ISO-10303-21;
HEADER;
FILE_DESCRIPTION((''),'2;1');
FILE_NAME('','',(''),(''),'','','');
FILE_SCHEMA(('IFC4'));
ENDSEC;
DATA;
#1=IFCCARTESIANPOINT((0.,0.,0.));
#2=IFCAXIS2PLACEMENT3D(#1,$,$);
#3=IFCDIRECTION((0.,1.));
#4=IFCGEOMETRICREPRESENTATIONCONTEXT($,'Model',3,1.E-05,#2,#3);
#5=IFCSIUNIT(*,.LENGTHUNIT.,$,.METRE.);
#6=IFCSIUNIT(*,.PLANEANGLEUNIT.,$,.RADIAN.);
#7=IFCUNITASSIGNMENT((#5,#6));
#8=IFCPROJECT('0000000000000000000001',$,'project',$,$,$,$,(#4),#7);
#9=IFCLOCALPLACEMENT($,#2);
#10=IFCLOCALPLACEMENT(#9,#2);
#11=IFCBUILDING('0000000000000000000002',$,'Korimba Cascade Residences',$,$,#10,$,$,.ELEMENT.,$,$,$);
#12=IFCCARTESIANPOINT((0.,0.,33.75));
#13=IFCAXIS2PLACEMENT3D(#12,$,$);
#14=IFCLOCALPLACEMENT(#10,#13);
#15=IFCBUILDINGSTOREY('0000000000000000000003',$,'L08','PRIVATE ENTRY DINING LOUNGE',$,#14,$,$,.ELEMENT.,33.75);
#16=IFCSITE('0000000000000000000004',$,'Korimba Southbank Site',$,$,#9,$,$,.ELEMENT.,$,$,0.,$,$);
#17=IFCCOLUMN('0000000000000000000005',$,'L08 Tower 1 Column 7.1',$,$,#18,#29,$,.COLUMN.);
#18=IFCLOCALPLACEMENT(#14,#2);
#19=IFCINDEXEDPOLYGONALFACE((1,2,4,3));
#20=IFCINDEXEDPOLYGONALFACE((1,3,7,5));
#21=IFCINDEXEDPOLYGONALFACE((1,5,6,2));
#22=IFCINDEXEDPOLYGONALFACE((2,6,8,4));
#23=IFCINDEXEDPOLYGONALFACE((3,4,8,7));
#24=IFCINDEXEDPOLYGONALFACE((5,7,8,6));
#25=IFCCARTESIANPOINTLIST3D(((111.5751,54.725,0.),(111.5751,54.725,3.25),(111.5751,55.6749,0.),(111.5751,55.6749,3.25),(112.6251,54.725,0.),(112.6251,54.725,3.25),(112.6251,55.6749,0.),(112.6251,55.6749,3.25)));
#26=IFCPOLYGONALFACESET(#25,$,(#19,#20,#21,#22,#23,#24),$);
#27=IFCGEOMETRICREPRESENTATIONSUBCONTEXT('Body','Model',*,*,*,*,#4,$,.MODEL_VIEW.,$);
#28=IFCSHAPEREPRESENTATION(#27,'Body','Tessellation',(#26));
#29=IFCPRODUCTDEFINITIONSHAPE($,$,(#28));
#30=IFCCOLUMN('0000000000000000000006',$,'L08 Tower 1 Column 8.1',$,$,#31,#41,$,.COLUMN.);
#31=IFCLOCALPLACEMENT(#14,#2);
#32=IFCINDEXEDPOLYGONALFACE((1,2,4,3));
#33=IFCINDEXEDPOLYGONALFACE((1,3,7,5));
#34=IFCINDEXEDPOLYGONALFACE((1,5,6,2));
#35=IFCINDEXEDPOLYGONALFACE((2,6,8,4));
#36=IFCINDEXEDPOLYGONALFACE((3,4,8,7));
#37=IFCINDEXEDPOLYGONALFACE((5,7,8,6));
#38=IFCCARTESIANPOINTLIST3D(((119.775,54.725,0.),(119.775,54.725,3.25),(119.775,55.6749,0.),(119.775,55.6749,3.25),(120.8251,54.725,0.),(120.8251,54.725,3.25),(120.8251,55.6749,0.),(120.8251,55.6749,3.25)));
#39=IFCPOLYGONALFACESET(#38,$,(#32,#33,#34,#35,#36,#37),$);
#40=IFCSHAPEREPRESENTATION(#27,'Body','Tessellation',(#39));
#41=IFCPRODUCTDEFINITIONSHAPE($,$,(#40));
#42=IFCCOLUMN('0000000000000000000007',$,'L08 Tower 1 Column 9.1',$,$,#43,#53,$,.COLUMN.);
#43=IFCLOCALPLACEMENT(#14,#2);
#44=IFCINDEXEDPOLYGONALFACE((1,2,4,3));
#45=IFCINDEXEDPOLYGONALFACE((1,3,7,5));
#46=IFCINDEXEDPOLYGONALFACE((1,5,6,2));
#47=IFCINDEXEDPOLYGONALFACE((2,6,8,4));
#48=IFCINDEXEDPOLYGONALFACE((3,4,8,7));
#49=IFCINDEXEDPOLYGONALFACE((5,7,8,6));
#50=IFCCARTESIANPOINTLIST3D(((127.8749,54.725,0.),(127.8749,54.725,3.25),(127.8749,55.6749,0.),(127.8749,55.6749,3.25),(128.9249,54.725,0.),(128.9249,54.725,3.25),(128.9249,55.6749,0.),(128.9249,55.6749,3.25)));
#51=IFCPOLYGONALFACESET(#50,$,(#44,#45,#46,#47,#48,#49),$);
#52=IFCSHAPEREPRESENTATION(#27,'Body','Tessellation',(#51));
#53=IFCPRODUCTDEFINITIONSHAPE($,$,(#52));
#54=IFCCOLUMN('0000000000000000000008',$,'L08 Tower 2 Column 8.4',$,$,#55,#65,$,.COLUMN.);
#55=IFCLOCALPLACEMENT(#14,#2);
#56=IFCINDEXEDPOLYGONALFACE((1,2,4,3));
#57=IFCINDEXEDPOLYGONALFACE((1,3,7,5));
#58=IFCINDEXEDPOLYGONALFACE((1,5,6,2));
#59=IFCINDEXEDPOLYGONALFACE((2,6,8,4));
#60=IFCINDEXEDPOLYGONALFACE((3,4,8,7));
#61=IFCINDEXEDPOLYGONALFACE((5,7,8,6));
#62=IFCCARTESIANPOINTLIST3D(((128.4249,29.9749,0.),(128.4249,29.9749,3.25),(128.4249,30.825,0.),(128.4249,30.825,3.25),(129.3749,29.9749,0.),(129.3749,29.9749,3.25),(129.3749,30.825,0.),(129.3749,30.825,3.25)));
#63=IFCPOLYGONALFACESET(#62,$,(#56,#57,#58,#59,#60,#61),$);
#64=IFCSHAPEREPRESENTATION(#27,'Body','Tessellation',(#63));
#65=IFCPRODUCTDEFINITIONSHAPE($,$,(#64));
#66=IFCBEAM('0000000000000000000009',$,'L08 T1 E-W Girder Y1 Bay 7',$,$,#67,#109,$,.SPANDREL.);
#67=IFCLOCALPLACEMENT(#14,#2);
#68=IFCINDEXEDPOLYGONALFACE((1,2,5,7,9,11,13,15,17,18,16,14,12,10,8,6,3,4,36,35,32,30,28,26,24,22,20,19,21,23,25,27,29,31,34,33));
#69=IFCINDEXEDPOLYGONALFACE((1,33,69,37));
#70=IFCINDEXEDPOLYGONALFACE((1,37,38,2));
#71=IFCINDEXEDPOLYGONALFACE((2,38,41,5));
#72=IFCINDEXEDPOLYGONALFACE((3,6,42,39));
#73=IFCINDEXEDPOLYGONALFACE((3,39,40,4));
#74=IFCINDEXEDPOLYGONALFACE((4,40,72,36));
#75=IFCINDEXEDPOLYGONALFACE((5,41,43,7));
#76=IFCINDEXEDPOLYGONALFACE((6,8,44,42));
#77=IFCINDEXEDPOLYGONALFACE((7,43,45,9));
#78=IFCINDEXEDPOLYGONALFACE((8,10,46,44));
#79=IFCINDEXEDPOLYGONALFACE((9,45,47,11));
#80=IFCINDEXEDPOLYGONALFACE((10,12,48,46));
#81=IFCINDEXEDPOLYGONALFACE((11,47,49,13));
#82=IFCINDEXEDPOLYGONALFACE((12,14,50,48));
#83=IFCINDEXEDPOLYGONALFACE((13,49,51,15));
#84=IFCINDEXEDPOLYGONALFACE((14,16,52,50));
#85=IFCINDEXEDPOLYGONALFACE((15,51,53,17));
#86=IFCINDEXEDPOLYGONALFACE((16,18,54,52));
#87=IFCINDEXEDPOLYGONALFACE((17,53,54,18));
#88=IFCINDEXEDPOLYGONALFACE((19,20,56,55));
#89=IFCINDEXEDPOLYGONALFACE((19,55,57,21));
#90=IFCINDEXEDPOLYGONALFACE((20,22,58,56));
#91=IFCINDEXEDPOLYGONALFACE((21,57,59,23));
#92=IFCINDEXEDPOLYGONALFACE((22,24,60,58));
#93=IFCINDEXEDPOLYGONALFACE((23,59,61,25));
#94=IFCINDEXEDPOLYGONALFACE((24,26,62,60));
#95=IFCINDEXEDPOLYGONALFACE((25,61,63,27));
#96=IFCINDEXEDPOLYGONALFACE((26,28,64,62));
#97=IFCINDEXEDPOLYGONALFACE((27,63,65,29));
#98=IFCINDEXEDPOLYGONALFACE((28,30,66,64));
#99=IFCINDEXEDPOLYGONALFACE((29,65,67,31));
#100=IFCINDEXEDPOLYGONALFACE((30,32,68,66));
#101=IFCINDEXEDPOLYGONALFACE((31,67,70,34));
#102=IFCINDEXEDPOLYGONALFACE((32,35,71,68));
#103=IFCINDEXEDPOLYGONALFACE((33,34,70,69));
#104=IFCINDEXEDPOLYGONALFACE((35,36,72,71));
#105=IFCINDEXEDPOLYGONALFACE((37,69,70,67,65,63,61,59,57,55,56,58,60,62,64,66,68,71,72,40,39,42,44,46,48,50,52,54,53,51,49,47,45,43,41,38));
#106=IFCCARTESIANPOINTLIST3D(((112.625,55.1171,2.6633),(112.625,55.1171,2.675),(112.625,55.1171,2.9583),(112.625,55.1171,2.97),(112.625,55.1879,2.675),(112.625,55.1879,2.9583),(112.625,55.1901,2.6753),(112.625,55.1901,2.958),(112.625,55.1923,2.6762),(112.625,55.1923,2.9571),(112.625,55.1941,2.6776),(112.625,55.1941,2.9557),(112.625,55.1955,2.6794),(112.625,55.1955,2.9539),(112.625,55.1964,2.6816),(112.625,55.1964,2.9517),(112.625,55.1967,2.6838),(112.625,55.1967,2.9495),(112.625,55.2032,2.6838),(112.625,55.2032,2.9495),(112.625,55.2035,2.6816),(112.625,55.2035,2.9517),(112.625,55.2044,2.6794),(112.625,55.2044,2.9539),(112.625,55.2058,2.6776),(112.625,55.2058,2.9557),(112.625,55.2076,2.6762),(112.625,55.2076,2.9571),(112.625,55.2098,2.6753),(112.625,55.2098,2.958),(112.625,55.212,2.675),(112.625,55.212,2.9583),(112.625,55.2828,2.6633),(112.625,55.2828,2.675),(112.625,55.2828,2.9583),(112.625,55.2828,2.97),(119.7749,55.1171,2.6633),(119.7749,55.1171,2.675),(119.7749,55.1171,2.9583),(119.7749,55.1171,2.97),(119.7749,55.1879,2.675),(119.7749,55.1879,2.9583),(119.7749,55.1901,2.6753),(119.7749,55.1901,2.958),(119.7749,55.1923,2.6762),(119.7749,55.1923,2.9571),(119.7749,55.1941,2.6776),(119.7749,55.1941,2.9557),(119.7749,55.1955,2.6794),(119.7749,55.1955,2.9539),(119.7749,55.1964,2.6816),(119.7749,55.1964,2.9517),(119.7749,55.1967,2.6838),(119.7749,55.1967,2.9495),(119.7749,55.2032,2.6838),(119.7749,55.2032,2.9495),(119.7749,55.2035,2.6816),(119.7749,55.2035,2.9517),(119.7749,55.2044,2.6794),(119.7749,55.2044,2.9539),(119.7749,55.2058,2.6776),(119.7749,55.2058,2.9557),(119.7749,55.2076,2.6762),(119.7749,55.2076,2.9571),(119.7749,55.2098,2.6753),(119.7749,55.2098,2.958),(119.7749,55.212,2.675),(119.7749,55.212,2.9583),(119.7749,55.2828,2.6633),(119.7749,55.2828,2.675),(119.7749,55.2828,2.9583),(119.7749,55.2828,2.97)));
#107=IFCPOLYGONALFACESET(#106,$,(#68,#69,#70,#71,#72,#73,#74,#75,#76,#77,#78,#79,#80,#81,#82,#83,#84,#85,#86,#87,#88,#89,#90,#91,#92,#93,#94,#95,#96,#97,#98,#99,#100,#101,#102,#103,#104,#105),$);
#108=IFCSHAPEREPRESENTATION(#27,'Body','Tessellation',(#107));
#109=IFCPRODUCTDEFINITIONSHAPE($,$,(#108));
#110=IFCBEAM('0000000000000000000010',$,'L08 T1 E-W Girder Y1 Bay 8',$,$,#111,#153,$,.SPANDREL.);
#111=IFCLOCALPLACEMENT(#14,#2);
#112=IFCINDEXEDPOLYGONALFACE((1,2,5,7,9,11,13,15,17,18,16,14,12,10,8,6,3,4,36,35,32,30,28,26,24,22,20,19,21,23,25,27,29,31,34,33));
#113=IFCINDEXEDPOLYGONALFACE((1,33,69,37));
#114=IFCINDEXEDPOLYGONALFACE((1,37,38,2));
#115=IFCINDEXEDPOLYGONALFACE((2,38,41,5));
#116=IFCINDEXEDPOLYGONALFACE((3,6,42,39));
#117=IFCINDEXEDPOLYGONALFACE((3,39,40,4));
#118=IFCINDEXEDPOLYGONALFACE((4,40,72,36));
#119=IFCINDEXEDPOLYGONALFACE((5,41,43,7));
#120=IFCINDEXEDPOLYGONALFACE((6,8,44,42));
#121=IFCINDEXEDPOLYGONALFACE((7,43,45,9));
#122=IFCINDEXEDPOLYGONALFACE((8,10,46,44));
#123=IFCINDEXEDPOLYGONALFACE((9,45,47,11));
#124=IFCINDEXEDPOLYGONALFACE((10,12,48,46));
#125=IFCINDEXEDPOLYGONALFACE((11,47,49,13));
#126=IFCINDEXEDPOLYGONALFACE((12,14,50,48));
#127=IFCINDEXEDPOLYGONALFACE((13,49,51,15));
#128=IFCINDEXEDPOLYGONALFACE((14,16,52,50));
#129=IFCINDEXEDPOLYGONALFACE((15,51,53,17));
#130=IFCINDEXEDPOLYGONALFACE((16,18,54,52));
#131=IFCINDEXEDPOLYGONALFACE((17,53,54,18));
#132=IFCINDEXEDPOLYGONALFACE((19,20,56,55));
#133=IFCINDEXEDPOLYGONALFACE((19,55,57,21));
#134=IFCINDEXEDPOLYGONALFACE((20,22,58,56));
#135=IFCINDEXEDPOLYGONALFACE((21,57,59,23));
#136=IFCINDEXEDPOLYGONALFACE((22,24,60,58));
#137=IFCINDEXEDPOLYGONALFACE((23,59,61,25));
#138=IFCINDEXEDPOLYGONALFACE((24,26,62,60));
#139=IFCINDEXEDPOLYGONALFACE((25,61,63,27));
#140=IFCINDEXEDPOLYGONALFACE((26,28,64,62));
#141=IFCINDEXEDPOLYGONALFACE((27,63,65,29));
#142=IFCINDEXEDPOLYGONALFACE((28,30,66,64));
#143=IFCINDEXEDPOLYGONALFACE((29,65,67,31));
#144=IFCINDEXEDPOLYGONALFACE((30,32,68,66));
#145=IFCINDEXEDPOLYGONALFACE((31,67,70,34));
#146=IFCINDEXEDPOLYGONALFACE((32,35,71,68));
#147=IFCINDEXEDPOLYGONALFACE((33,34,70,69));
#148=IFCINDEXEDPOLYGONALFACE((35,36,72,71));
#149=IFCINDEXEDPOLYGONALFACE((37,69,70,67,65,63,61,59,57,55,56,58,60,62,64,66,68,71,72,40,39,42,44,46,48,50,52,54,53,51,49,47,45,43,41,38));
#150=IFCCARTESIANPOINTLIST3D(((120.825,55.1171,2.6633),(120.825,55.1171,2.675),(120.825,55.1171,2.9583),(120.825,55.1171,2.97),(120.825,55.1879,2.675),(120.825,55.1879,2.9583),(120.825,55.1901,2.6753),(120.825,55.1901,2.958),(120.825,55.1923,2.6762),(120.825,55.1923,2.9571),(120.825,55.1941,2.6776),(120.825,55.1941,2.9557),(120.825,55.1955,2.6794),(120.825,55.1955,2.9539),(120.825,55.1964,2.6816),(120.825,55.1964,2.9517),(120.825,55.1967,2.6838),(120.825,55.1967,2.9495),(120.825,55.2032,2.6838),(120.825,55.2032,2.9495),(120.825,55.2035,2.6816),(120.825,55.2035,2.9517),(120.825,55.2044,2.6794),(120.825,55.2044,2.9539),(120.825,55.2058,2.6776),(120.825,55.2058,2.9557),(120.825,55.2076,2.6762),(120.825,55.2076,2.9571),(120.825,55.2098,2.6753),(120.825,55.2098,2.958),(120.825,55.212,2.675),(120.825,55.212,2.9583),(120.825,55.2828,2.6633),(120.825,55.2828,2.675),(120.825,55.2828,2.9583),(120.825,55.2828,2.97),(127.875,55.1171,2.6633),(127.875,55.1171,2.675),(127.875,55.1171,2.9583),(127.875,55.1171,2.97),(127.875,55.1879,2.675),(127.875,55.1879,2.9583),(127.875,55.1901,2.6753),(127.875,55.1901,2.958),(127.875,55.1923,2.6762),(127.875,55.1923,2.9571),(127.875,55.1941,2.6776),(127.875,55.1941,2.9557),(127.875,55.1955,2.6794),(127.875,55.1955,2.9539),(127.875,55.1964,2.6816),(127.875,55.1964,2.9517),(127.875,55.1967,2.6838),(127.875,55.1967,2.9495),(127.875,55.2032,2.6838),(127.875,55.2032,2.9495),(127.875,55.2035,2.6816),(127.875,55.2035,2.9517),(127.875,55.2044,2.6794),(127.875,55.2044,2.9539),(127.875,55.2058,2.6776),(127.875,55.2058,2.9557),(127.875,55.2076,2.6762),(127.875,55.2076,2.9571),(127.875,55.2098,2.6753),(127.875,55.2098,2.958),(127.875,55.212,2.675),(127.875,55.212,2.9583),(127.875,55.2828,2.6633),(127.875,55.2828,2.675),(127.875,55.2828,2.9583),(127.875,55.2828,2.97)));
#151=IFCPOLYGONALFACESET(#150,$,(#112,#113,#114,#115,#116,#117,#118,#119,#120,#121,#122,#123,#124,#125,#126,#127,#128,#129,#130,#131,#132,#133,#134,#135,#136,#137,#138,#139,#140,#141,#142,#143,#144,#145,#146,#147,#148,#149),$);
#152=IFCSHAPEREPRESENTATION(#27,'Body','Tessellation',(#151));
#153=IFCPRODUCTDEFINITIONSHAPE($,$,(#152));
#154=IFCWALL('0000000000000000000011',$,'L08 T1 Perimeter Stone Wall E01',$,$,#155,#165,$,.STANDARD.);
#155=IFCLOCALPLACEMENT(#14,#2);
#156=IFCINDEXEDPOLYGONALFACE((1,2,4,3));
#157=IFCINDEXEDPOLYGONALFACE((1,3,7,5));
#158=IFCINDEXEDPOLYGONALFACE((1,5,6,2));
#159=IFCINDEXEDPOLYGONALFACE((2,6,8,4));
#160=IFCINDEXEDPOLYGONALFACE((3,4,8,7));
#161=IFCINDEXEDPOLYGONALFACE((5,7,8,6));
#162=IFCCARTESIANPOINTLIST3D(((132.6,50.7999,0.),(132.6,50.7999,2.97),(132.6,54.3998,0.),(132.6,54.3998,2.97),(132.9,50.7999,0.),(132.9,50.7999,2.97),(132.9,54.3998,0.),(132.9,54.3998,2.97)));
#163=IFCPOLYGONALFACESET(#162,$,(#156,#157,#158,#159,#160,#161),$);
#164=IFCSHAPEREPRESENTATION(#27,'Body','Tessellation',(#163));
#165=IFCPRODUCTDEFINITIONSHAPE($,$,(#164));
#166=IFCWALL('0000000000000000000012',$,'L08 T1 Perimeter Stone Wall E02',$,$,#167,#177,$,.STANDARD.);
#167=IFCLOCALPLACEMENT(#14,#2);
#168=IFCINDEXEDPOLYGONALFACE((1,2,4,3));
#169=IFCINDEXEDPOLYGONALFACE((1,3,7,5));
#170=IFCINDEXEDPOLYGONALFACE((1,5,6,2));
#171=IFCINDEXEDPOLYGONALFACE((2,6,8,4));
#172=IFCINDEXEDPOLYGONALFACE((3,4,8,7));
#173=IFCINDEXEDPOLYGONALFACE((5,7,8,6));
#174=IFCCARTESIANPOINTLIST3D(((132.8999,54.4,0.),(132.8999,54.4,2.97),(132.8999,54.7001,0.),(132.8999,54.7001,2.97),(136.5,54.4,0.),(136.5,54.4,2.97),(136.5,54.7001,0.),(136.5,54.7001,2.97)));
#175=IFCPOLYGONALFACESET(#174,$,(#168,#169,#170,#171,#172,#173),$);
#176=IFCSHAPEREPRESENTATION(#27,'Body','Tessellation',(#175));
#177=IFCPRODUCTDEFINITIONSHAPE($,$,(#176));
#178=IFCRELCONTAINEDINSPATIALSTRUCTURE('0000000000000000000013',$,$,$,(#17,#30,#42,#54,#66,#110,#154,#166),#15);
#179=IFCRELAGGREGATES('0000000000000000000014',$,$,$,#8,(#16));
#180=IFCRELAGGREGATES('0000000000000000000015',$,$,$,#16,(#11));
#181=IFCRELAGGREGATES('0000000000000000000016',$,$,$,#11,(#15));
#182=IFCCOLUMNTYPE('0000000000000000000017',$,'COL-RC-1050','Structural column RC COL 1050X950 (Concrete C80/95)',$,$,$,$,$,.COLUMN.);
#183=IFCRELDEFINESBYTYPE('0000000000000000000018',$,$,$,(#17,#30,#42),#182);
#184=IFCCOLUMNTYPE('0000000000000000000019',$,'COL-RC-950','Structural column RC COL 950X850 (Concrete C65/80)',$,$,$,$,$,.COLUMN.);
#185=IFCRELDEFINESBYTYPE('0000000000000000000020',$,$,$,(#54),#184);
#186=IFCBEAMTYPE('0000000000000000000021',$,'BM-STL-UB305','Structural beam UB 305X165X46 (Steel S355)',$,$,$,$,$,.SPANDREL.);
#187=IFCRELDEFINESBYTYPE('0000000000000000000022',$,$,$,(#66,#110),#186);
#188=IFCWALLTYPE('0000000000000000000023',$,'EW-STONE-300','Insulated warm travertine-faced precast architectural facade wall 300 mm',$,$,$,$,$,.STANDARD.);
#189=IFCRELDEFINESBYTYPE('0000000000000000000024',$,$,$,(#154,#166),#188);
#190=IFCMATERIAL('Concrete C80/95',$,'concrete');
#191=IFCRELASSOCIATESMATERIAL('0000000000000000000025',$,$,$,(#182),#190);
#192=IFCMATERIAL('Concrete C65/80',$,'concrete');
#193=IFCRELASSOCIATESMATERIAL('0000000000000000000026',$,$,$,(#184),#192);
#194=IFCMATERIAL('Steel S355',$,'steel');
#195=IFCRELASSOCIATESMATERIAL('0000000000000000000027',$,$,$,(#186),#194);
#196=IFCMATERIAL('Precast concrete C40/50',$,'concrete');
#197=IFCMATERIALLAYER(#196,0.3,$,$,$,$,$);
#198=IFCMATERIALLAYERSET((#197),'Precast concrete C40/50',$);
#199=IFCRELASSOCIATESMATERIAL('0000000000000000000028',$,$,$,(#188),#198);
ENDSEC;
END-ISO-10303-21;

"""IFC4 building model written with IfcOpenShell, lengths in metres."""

from ifc_helpers import new_model, si_unit, direction, frame, frame_2d, origin, origin_2d, place, context, subcontext, project, spatial, rectangle, i_section, extrude, material, layer, layer_set, material_profile, profile_set, type_object, element, save


model = new_model("IFC4")

# Units and contexts
model_context = context("Model", 3, precision=1e-05, world=origin(), true_north=direction((0.0, 1.0)))
body_context = subcontext(model_context, "Body", "Model", "MODEL_VIEW")
ifc_project = project(units=[si_unit("LENGTHUNIT", "METRE"), si_unit("PLANEANGLEUNIT", "RADIAN")], contexts=[model_context])

# Site, building, storey
site_placement = place(None, origin())
site = spatial("IfcSite", under=ifc_project, at=site_placement, Name="Korimba Southbank Site", CompositionType="ELEMENT", RefElevation=0.0)
building_placement = place(site_placement, origin())
building = spatial("IfcBuilding", under=site, at=building_placement, Name="Korimba Cascade Residences", CompositionType="ELEMENT")
storey_placement = place(building_placement, frame((0.0, 0.0, 33.75)))
storey = spatial("IfcBuildingStorey", under=building, at=storey_placement, Name="L08", Description="PRIVATE ENTRY DINING LOUNGE", CompositionType="ELEMENT", Elevation=33.75)

# Columns
ifc_material_1 = material(Name="Concrete C80/95", Category="concrete")
ifc_material_profile_1 = material_profile(ifc_material_1, rectangle(XDim=1.05, YDim=0.95, at=origin_2d()), Name="Concrete C80/95")
ifc_profile_set_1 = profile_set([ifc_material_profile_1], Name="Concrete C80/95")
column_type_1 = type_object("IfcColumnType", Name="COL-RC-1050", Description="Structural column RC COL 1050X950 (Concrete C80/95)", PredefinedType="COLUMN", material=ifc_profile_set_1)
for number, where, z_axis, x_axis, name in (
    (1, (112.1001, 55.2, 0.0), (0.0, 0.0, 1.0), (1.0, 0.0, 0.0), "L08 Tower 1 Column 7.1"),
    (2, (120.3, 55.2, 0.0), (0.0, 0.0, 1.0), (1.0, 0.0, 0.0), "L08 Tower 1 Column 8.1"),
    (3, (128.3999, 55.2, 0.0), (0.0, 0.0, 1.0), (1.0, 0.0, 0.0), "L08 Tower 1 Column 9.1"),
):
    element("IfcColumn", number, at=place(storey_placement, frame(where, z_axis=z_axis, x_axis=x_axis)), inside=storey, type_object=column_type_1, Name=name, PredefinedType="COLUMN", context=body_context, shape_type="SweptSolid", body=[
        extrude(rectangle(XDim=1.05, YDim=0.95, at=origin_2d()), origin(), (0.0, 0.0, 1.0), 3.25),
    ])
ifc_material_2 = material(Name="Concrete C65/80", Category="concrete")
ifc_material_profile_2 = material_profile(ifc_material_2, rectangle(XDim=0.95, YDim=0.8501, at=origin_2d()), Name="Concrete C65/80")
ifc_profile_set_2 = profile_set([ifc_material_profile_2], Name="Concrete C65/80")
column_type_2 = type_object("IfcColumnType", Name="COL-RC-950", Description="Structural column RC COL 950X850 (Concrete C65/80)", PredefinedType="COLUMN", material=ifc_profile_set_2)
column_placement = place(storey_placement, frame((128.8999, 30.3999, 0.0), z_axis=(0.0, 0.0, 1.0), x_axis=(1.0, 0.0, 0.0)))
element("IfcColumn", 4, at=column_placement, inside=storey, type_object=column_type_2, Name="L08 Tower 2 Column 8.4", PredefinedType="COLUMN", context=body_context, shape_type="SweptSolid", body=[
    extrude(rectangle(XDim=0.95, YDim=0.8501, at=origin_2d()), origin(), (0.0, 0.0, 1.0), 3.25),
])

# Beams
ifc_material_3 = material(Name="Steel S355", Category="steel")
ifc_material_profile_3 = material_profile(ifc_material_3, i_section(OverallWidth=0.1658, OverallDepth=0.3066, WebThickness=0.0066, FlangeThickness=0.0117, FilletRadius=0.0088, at=origin_2d()), Name="Steel S355")
ifc_profile_set_3 = profile_set([ifc_material_profile_3], Name="Steel S355")
beam_type = type_object("IfcBeamType", Name="BM-STL-UB305", Description="Structural beam UB 305X165X46 (Steel S355)", PredefinedType="SPANDREL", material=ifc_profile_set_3)
beam_1_placement = place(storey_placement, frame((112.625, 55.2, 2.8167), z_axis=(1.0, 0.0, 0.0), x_axis=(0.0, 1.0, 0.0)))
element("IfcBeam", 5, at=beam_1_placement, inside=storey, type_object=beam_type, Name="L08 T1 E-W Girder Y1 Bay 7", PredefinedType="SPANDREL", context=body_context, shape_type="SweptSolid", body=[
    extrude(i_section(OverallWidth=0.1658, OverallDepth=0.3066, WebThickness=0.0066, FlangeThickness=0.0117, FilletRadius=0.0088, at=origin_2d()), origin(), (0.0, 0.0, 1.0), 7.1499),
])
beam_2_placement = place(storey_placement, frame((120.825, 55.2, 2.8167), z_axis=(1.0, 0.0, 0.0), x_axis=(0.0, 1.0, 0.0)))
element("IfcBeam", 6, at=beam_2_placement, inside=storey, type_object=beam_type, Name="L08 T1 E-W Girder Y1 Bay 8", PredefinedType="SPANDREL", context=body_context, shape_type="SweptSolid", body=[
    extrude(i_section(OverallWidth=0.1658, OverallDepth=0.3066, WebThickness=0.0066, FlangeThickness=0.0117, FilletRadius=0.0088, at=origin_2d()), origin(), (0.0, 0.0, 1.0), 7.05),
])

# Walls
ifc_material_4 = material(Name="Precast concrete C40/50", Category="concrete")
ifc_layer_1 = layer(ifc_material_4, 0.3)
ifc_layer_set_1 = layer_set([ifc_layer_1], Name="Precast concrete C40/50")
wall_type_1 = type_object("IfcWallType", Name="EW-STONE-300", Description="Insulated warm travertine-faced precast architectural facade wall 300 mm", PredefinedType="STANDARD", material=ifc_layer_set_1)
wall_1_placement = place(storey_placement, frame((132.75, 50.8, 0.0), z_axis=(0.0, 0.0, 1.0), x_axis=(0.0, 1.0, 0.0)))
element("IfcWall", 7, at=wall_1_placement, inside=storey, type_object=wall_type_1, Name="L08 T1 Perimeter Stone Wall E01", PredefinedType="STANDARD", context=body_context, shape_type="SweptSolid", body=[
    extrude(rectangle(XDim=3.5999, YDim=0.3, at=frame_2d((1.7998, 0.0))), origin(), (0.0, 0.0, 1.0), 2.97),
])
wall_2_placement = place(storey_placement, frame((132.8999, 54.55, 0.0), z_axis=(0.0, 0.0, 1.0), x_axis=(1.0, 0.0, 0.0)))
element("IfcWall", 8, at=wall_2_placement, inside=storey, type_object=wall_type_1, Name="L08 T1 Perimeter Stone Wall E02", PredefinedType="STANDARD", context=body_context, shape_type="SweptSolid", body=[
    extrude(rectangle(XDim=3.6001, YDim=0.3, at=frame_2d((1.8, 0.0))), origin(), (0.0, 0.0, 1.0), 2.97),
])

save(model, "model.ifc")
